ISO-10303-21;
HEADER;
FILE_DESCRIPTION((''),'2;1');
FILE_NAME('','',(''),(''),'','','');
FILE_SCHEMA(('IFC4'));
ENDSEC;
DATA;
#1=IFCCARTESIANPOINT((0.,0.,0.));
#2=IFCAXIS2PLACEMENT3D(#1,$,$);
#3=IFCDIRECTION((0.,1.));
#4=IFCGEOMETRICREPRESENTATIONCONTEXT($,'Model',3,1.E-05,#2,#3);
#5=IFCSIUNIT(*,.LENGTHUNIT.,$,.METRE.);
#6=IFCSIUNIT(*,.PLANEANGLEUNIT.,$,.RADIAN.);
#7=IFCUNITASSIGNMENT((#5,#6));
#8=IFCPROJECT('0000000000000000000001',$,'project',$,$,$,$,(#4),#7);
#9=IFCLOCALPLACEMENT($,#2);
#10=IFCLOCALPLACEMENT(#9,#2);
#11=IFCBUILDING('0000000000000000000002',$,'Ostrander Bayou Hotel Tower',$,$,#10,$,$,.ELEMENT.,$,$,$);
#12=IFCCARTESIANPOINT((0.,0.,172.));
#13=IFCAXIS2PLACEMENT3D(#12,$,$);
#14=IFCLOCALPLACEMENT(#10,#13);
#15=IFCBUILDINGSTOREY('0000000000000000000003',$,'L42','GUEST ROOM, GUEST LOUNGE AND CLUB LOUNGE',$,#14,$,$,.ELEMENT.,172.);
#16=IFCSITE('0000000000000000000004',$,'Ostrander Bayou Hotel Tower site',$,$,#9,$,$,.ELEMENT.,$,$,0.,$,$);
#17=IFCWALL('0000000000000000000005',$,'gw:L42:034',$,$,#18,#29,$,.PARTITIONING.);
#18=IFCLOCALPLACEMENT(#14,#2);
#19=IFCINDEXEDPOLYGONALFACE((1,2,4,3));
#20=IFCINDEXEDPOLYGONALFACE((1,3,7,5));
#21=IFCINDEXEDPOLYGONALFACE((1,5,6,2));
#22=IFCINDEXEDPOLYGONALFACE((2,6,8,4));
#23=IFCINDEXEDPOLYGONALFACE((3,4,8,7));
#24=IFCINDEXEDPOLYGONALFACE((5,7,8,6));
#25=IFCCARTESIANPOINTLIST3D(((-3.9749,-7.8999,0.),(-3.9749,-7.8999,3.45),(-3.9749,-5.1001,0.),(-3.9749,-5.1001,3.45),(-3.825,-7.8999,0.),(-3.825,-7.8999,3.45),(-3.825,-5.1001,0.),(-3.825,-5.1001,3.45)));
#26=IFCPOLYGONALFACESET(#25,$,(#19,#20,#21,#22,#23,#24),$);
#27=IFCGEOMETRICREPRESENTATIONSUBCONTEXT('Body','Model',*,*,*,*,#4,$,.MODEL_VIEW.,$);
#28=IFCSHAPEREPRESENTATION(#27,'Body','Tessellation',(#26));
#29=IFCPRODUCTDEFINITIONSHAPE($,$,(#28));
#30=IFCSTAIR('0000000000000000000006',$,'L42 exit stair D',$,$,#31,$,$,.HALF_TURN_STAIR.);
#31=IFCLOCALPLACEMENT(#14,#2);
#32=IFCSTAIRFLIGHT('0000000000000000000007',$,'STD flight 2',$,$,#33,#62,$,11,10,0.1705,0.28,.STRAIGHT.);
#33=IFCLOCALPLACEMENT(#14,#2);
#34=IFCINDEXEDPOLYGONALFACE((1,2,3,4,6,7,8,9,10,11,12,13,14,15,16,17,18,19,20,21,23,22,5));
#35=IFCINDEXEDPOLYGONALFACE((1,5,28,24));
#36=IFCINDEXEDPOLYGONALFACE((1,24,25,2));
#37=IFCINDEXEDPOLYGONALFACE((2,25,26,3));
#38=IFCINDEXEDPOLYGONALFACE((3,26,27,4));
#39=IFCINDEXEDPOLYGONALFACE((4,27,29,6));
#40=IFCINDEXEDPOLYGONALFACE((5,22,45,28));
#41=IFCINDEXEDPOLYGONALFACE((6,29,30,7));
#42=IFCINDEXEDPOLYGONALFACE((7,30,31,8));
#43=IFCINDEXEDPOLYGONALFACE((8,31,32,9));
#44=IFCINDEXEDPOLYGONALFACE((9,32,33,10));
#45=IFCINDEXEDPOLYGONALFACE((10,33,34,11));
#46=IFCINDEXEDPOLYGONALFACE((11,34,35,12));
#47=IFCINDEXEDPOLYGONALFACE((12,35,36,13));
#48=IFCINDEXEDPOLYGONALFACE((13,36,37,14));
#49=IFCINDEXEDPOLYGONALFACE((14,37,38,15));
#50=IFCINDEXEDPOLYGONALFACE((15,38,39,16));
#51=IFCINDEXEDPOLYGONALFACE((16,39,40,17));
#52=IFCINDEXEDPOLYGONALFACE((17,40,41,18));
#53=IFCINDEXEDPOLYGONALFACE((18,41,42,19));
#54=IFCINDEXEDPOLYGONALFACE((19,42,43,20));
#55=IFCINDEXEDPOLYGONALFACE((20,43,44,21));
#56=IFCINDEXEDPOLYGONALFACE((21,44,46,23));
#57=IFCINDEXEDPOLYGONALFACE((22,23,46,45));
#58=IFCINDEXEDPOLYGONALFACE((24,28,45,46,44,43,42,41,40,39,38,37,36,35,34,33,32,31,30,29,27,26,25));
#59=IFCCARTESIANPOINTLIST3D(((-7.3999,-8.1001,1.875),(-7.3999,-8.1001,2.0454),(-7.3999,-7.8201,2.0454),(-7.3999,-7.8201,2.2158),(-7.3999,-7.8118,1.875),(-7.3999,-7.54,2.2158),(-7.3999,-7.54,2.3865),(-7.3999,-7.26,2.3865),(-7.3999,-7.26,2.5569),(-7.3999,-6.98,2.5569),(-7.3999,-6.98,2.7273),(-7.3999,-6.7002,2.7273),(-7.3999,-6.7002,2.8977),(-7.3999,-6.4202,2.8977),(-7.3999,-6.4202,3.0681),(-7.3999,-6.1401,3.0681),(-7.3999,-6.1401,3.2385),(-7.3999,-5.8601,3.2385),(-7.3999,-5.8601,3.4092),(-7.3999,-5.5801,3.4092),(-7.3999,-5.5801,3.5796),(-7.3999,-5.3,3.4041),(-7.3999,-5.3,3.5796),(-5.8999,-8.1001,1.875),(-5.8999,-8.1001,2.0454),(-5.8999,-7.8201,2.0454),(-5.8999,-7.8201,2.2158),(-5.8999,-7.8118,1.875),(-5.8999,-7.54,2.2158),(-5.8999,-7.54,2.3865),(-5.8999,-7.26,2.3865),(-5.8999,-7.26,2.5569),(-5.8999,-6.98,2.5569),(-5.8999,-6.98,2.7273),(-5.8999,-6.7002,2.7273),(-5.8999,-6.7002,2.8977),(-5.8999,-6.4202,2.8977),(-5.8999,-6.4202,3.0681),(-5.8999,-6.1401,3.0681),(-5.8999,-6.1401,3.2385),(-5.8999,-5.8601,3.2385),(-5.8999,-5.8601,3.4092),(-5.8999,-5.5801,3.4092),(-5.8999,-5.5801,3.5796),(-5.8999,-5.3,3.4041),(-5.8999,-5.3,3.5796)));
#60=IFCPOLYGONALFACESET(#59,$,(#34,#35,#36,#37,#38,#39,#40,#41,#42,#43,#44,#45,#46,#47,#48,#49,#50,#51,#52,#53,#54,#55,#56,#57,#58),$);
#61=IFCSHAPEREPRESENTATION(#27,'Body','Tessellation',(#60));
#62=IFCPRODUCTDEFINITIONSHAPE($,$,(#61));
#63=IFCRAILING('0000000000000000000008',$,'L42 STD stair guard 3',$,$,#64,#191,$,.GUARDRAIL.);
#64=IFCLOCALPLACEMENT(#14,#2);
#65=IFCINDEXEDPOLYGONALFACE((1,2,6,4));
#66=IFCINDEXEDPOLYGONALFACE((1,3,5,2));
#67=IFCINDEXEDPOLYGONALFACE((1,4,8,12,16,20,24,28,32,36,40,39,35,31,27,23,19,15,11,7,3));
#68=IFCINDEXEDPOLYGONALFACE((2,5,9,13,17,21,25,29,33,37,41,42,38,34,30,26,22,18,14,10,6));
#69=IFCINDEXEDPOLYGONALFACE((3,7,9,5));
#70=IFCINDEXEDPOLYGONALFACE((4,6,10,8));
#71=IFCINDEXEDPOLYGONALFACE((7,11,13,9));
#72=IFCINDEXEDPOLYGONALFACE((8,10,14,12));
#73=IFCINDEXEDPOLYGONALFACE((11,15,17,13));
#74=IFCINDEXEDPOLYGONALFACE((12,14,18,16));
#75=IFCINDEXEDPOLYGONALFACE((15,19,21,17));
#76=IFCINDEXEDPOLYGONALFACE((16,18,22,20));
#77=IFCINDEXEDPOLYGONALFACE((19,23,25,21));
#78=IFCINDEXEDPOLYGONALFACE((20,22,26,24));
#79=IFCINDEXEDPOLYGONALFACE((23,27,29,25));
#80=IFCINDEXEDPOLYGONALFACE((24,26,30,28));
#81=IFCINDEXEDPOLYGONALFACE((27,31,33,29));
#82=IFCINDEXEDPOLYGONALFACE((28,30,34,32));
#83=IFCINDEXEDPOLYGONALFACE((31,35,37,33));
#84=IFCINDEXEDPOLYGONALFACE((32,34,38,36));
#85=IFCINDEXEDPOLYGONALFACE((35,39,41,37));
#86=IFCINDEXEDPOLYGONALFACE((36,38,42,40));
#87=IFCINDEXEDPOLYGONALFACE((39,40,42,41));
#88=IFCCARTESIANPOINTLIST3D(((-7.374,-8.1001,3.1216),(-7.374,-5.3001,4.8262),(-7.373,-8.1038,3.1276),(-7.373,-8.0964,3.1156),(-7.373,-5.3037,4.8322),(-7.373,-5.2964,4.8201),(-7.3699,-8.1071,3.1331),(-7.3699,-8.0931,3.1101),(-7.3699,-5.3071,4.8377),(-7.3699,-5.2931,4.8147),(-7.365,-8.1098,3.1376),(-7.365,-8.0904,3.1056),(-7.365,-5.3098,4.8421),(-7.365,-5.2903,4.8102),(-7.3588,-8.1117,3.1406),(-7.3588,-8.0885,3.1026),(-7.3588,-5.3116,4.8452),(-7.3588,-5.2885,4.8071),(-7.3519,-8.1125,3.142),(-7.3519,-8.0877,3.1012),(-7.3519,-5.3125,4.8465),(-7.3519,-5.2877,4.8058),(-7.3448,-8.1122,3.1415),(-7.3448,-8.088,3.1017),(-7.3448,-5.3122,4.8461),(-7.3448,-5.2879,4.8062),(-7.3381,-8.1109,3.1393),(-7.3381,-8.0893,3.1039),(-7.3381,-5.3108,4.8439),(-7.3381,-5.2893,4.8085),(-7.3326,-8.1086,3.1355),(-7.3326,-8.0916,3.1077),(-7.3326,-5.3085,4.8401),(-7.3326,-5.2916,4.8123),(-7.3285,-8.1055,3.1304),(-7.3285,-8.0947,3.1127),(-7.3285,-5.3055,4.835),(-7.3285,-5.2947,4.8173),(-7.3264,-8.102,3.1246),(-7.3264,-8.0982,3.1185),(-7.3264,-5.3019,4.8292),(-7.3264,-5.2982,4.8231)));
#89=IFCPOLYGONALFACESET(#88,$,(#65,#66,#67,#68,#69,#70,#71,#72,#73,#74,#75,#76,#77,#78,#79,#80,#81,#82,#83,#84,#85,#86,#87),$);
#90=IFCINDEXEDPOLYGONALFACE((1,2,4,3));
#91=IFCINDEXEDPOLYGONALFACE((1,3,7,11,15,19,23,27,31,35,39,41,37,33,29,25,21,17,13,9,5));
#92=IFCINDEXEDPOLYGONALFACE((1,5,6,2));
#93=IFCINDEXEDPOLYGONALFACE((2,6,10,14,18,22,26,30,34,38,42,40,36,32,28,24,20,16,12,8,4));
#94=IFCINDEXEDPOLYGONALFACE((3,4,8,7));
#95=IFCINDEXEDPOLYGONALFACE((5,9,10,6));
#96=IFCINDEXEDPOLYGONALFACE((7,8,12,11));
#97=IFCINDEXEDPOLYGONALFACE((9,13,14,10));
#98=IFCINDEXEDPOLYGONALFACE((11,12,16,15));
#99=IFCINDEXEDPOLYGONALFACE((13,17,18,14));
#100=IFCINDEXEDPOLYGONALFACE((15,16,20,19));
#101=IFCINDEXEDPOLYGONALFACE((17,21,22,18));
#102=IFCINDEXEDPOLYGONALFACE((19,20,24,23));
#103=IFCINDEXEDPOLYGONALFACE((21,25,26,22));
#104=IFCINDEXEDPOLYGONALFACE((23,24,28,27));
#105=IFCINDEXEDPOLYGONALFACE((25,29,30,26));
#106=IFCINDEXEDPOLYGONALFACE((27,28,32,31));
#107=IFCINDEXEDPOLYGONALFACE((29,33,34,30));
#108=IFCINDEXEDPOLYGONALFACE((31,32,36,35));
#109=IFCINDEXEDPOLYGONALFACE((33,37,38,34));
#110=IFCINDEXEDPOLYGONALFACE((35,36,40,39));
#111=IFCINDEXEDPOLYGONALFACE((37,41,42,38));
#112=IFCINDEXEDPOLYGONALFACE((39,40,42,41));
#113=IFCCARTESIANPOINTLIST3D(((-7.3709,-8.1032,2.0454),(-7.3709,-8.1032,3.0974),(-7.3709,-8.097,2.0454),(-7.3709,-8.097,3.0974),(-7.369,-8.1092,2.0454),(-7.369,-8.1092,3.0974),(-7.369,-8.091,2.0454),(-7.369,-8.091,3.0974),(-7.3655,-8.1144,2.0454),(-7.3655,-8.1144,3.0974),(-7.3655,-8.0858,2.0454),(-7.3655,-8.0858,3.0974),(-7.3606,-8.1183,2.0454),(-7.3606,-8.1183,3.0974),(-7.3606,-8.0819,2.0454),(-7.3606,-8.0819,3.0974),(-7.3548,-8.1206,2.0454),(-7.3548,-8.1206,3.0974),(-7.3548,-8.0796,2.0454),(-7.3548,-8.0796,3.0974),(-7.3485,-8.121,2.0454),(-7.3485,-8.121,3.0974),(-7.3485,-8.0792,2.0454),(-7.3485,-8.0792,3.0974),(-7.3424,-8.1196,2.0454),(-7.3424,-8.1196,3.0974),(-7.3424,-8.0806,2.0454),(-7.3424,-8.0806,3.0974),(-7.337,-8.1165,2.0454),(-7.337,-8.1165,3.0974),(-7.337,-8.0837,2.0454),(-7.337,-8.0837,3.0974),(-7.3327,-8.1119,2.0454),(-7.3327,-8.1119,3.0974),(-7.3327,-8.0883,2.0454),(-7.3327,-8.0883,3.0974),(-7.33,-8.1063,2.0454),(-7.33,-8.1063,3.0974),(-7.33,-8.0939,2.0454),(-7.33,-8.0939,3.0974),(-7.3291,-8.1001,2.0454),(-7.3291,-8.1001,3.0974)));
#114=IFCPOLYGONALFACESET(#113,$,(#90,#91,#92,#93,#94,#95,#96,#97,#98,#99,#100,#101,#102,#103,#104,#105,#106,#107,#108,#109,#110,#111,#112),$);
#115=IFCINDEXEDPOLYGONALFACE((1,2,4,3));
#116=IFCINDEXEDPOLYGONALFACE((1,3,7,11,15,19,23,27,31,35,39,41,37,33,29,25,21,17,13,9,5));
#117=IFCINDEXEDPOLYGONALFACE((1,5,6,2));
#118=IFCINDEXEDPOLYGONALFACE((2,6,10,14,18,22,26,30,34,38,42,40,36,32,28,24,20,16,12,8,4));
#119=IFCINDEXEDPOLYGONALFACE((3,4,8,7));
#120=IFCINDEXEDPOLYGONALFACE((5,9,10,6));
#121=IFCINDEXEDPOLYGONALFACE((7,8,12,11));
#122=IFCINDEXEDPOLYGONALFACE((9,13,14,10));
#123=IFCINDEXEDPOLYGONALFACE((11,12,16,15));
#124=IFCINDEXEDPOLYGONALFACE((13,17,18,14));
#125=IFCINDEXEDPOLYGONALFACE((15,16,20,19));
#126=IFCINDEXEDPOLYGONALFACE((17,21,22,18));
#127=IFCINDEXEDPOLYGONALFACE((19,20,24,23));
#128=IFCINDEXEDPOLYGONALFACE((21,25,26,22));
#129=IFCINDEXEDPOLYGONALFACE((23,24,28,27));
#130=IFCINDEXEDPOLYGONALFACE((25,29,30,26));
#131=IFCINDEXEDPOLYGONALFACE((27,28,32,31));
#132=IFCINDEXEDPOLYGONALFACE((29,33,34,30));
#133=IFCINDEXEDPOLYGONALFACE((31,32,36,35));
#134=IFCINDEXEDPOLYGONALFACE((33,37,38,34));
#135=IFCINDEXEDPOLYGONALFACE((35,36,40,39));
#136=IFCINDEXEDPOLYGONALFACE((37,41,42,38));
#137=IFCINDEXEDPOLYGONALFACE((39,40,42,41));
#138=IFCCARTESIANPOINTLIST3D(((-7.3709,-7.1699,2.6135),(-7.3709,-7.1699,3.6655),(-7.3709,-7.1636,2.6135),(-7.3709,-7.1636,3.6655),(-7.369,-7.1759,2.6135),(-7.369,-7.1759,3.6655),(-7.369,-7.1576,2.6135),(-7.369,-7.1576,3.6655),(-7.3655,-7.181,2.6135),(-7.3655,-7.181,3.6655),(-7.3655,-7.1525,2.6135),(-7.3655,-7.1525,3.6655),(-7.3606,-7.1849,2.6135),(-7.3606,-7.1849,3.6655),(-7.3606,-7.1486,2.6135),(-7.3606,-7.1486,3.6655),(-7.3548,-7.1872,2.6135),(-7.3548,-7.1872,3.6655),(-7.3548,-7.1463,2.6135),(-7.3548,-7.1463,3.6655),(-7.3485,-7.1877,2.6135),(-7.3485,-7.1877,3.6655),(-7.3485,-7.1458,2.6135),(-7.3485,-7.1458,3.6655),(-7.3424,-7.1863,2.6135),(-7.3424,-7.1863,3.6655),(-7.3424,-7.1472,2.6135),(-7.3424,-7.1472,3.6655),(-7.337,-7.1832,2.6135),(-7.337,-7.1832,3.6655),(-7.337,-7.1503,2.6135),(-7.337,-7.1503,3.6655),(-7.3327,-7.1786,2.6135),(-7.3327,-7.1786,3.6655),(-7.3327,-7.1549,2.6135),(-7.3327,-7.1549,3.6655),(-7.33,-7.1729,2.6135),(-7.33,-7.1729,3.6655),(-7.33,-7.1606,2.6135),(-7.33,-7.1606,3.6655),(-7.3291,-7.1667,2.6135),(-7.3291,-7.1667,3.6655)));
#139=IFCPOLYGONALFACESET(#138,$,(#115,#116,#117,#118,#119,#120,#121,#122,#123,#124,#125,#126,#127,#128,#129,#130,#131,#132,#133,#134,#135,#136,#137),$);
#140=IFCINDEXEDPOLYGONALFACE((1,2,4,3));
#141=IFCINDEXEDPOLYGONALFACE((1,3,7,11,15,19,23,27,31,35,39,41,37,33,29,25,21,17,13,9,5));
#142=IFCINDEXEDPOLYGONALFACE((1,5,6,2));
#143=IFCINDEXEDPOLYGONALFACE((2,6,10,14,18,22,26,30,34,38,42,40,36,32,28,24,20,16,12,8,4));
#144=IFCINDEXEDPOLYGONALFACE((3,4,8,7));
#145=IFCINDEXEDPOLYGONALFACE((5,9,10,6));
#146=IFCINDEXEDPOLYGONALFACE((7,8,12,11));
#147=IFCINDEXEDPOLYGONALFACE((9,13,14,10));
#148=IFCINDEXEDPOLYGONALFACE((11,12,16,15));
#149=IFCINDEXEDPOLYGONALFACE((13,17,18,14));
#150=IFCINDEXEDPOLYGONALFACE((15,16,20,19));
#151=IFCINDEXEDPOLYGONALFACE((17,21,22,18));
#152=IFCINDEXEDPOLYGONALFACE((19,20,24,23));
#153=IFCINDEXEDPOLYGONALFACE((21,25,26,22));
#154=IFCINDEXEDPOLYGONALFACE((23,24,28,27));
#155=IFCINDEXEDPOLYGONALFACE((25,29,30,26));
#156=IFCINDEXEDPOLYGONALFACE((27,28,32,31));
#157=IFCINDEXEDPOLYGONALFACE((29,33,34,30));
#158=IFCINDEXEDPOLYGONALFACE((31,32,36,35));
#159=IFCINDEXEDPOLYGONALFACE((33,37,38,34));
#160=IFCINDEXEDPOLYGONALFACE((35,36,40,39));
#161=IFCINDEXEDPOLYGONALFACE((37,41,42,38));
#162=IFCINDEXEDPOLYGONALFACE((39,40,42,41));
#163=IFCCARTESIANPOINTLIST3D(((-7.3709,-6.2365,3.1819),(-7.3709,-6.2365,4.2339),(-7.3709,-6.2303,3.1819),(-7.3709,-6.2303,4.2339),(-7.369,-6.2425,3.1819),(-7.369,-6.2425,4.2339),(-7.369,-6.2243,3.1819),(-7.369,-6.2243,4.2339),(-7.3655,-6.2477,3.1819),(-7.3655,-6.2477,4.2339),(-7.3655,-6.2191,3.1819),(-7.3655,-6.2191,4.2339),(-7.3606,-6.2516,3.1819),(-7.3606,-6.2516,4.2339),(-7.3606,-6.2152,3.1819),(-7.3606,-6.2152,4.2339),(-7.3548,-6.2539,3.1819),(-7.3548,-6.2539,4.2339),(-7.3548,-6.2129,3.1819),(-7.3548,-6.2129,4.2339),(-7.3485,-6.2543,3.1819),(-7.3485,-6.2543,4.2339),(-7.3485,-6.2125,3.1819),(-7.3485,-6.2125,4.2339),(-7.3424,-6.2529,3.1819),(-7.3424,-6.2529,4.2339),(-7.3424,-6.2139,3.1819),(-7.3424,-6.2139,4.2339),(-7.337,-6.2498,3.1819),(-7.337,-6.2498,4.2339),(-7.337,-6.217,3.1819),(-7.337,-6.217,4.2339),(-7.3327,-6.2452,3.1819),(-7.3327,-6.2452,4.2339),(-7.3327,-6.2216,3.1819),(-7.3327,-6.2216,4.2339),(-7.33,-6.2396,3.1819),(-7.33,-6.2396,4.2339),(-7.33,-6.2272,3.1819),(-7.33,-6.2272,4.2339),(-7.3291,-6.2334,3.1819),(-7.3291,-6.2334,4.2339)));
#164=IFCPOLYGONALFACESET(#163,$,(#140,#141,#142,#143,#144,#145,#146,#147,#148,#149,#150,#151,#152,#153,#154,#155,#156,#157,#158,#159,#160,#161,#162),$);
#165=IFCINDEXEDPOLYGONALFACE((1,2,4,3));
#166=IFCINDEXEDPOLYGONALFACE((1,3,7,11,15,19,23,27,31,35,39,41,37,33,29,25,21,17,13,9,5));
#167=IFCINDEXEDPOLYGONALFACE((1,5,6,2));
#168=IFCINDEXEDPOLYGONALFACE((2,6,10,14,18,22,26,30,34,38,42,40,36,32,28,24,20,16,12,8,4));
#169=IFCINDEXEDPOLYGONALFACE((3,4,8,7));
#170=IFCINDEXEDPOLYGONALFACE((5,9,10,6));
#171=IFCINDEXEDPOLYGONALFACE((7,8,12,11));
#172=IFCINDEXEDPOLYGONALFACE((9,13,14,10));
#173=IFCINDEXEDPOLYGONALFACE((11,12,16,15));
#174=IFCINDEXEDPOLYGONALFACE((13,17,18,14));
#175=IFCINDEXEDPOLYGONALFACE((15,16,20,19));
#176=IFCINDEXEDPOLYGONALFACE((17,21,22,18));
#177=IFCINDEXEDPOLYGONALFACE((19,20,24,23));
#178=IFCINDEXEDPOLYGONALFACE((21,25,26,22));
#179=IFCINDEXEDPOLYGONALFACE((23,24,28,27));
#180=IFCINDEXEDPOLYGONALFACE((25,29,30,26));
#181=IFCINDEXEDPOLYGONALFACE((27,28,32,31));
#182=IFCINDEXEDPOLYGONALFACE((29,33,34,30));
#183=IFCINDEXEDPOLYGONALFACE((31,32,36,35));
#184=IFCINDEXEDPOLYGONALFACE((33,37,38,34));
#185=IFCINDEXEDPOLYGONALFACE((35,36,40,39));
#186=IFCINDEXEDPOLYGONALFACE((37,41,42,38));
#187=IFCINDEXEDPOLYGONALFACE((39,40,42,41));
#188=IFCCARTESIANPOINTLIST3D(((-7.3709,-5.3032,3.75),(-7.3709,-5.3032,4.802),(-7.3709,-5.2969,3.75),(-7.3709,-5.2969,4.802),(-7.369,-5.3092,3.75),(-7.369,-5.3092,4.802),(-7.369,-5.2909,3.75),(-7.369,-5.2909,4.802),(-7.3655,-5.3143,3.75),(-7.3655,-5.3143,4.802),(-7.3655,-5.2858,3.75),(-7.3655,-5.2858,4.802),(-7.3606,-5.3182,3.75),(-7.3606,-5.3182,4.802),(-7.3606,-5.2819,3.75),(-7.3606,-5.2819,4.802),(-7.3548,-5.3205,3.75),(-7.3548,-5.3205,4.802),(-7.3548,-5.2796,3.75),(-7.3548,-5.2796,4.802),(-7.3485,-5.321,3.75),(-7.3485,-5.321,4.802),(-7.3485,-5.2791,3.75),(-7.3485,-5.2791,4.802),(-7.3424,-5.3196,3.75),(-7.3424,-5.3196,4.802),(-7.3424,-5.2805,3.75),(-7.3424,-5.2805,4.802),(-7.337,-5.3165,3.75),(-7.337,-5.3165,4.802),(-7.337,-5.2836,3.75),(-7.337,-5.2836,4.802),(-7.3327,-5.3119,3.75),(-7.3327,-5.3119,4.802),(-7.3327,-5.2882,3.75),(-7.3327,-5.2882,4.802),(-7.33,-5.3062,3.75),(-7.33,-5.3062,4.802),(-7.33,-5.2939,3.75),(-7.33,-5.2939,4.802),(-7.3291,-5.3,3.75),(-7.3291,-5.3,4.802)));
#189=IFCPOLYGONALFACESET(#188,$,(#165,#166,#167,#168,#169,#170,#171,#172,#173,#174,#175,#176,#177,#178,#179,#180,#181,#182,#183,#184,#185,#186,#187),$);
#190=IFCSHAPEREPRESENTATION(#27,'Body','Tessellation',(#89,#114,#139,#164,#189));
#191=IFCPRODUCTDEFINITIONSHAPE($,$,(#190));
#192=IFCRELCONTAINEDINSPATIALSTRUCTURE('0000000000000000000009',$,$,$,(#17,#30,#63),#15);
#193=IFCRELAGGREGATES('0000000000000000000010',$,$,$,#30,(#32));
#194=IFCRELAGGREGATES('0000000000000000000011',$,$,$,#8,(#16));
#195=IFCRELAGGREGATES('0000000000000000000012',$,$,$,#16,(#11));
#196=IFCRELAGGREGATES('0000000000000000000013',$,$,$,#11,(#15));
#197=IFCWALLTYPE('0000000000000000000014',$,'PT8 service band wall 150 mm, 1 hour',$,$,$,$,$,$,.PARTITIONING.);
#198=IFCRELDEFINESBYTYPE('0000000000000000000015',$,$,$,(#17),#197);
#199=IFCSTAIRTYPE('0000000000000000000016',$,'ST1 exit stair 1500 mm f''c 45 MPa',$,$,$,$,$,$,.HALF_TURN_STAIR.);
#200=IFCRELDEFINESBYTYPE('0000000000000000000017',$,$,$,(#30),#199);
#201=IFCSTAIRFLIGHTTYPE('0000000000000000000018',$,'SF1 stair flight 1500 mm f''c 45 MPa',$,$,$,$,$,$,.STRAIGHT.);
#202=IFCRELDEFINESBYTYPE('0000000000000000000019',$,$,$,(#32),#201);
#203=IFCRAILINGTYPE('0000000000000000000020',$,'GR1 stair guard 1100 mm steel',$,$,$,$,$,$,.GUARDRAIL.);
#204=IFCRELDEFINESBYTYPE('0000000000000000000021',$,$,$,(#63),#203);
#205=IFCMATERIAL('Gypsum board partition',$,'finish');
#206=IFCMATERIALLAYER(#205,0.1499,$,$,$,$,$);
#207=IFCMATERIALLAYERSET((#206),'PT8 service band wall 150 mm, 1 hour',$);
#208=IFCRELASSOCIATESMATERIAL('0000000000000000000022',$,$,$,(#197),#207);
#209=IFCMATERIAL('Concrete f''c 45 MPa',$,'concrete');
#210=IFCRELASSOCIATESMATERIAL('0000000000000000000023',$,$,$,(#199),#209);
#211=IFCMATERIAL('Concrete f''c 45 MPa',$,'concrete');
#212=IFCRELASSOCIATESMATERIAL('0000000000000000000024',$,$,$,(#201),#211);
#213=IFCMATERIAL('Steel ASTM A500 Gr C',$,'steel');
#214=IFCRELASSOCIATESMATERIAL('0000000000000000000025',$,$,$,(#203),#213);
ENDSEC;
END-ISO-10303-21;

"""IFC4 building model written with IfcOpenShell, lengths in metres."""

from ifc_helpers import new_model, si_unit, direction, frame, frame_2d, origin, origin_2d, place, context, subcontext, project, spatial, polyline, rectangle, circle, outline, extrude, material, layer, layer_set, type_object, element, aggregate, save


model = new_model("IFC4")

# Units and contexts
model_context = context("Model", 3, precision=1e-05, world=origin(), true_north=direction((0.0, 1.0)))
body_context = subcontext(model_context, "Body", "Model", "MODEL_VIEW")
ifc_project = project(units=[si_unit("LENGTHUNIT", "METRE"), si_unit("PLANEANGLEUNIT", "RADIAN")], contexts=[model_context])

# Site, building, storey
site_placement = place(None, origin())
site = spatial("IfcSite", under=ifc_project, at=site_placement, Name="Ostrander Bayou Hotel Tower site", CompositionType="ELEMENT", RefElevation=0.0)
building_placement = place(site_placement, origin())
building = spatial("IfcBuilding", under=site, at=building_placement, Name="Ostrander Bayou Hotel Tower", CompositionType="ELEMENT")
storey_placement = place(building_placement, frame((0.0, 0.0, 172.0)))
storey = spatial("IfcBuildingStorey", under=building, at=storey_placement, Name="L42", Description="GUEST ROOM, GUEST LOUNGE AND CLUB LOUNGE", CompositionType="ELEMENT", Elevation=172.0)

# Shared definitions
ifc_material_1 = material(Name="Gypsum board partition", Category="finish")
ifc_layer_1 = layer(ifc_material_1, 0.1499)
ifc_layer_set_1 = layer_set([ifc_layer_1], Name="PT8 service band wall 150 mm, 1 hour")
wall_type_1 = type_object("IfcWallType", Name="PT8 service band wall 150 mm, 1 hour", PredefinedType="PARTITIONING", material=ifc_layer_set_1)

# Wall
wall_1_placement = place(storey_placement, frame((-3.8999, -7.8999, 0.0), z_axis=(0.0, 0.0, 1.0), x_axis=(0.0, 1.0, 0.0)))
element("IfcWall", 1, at=wall_1_placement, inside=storey, type_object=wall_type_1, Name="gw:L42:034", PredefinedType="PARTITIONING", context=body_context, shape_type="SweptSolid", body=[
    extrude(rectangle(XDim=2.7998, YDim=0.1499, at=frame_2d((1.3999, 0.0))), origin(), (0.0, 0.0, 1.0), 3.45),
])

# Stair, stair flight
ifc_material_2 = material(Name="Concrete f'c 45 MPa", Category="concrete")
stair_type = type_object("IfcStairType", Name="ST1 exit stair 1500 mm f'c 45 MPa", PredefinedType="HALF_TURN_STAIR", material=ifc_material_2)
stair_placement = place(storey_placement, origin())
stair = element("IfcStair", 2, at=stair_placement, inside=storey, type_object=stair_type, Name="L42 exit stair D", PredefinedType="HALF_TURN_STAIR")
ifc_material_3 = material(Name="Concrete f'c 45 MPa", Category="concrete")
stair_flight_type = type_object("IfcStairFlightType", Name="SF1 stair flight 1500 mm f'c 45 MPa", PredefinedType="STRAIGHT", material=ifc_material_3)
stair_flight_placement = place(storey_placement, frame((-6.6499, -8.1001, 1.875), z_axis=(0.0, 0.0, 1.0), x_axis=(0.0, 1.0, 0.0)))
stair_flight = element("IfcStairFlight", 3, at=stair_flight_placement, type_object=stair_flight_type, Name="STD flight 2", NumberOfRisers=11, NumberOfTreads=10, PredefinedType="STRAIGHT", RiserHeight=0.1705, TreadLength=0.28, context=body_context, shape_type="SweptSolid", body=[
    extrude(outline(polyline([(0.0, 0.0), (0.0, 0.1704), (0.28, 0.1704), (0.28, 0.3408), (0.5601, 0.3408), (0.5601, 0.5115), (0.8401, 0.5115), (0.8401, 0.6819), (1.1201, 0.6819), (1.1201, 0.8523), (1.3999, 0.8523), (1.3999, 1.0227), (1.6799, 1.0227), (1.6799, 1.1931), (1.96, 1.1931), (1.96, 1.3635), (2.24, 1.3635), (2.24, 1.5342), (2.52, 1.5342), (2.52, 1.7046), (2.8, 1.7046), (2.8, 1.875), (2.8, 1.5291), (0.2883, 0.0), (0.0, 0.0)])), frame((0.0, 0.75, 0.0), z_axis=(0.0, -1.0, 0.0), x_axis=(1.0, 0.0, 0.0)), (0.0, 0.0, 1.0), 1.5),
])
aggregate(stair, [stair_flight])

# Railing
ifc_material_4 = material(Name="Steel ASTM A500 Gr C", Category="steel")
railing_type_1 = type_object("IfcRailingType", Name="GR1 stair guard 1100 mm steel", PredefinedType="GUARDRAIL", material=ifc_material_4)
railing_1_placement = place(storey_placement, frame((-7.3501, -8.1001, 2.0454)))
element("IfcRailing", 4, at=railing_1_placement, inside=storey, type_object=railing_type_1, Name="L42 STD stair guard 3", PredefinedType="GUARDRAIL", context=body_context, shape_type="SweptSolid", body=[
    extrude(circle(Radius=0.0239, at=origin_2d()), frame((0.0, 0.0, 1.0762), z_axis=(0.0, 0.85417, 0.519994), x_axis=(-1.0, 0.0, 0.0)), (0.0, 0.0, 1.0), 3.2781),
    extrude(circle(Radius=0.021, at=origin_2d()), origin(), (0.0, 0.0, 1.0), 1.052),
    extrude(circle(Radius=0.021, at=origin_2d()), frame((0.0, 0.9333, 0.5681)), (0.0, 0.0, 1.0), 1.052),
    extrude(circle(Radius=0.021, at=origin_2d()), frame((0.0, 1.8667, 1.1365)), (0.0, 0.0, 1.0), 1.052),
    extrude(circle(Radius=0.021, at=origin_2d()), frame((0.0, 2.8, 1.7046)), (0.0, 0.0, 1.0), 1.052),
])

save(model, "model.ifc")
